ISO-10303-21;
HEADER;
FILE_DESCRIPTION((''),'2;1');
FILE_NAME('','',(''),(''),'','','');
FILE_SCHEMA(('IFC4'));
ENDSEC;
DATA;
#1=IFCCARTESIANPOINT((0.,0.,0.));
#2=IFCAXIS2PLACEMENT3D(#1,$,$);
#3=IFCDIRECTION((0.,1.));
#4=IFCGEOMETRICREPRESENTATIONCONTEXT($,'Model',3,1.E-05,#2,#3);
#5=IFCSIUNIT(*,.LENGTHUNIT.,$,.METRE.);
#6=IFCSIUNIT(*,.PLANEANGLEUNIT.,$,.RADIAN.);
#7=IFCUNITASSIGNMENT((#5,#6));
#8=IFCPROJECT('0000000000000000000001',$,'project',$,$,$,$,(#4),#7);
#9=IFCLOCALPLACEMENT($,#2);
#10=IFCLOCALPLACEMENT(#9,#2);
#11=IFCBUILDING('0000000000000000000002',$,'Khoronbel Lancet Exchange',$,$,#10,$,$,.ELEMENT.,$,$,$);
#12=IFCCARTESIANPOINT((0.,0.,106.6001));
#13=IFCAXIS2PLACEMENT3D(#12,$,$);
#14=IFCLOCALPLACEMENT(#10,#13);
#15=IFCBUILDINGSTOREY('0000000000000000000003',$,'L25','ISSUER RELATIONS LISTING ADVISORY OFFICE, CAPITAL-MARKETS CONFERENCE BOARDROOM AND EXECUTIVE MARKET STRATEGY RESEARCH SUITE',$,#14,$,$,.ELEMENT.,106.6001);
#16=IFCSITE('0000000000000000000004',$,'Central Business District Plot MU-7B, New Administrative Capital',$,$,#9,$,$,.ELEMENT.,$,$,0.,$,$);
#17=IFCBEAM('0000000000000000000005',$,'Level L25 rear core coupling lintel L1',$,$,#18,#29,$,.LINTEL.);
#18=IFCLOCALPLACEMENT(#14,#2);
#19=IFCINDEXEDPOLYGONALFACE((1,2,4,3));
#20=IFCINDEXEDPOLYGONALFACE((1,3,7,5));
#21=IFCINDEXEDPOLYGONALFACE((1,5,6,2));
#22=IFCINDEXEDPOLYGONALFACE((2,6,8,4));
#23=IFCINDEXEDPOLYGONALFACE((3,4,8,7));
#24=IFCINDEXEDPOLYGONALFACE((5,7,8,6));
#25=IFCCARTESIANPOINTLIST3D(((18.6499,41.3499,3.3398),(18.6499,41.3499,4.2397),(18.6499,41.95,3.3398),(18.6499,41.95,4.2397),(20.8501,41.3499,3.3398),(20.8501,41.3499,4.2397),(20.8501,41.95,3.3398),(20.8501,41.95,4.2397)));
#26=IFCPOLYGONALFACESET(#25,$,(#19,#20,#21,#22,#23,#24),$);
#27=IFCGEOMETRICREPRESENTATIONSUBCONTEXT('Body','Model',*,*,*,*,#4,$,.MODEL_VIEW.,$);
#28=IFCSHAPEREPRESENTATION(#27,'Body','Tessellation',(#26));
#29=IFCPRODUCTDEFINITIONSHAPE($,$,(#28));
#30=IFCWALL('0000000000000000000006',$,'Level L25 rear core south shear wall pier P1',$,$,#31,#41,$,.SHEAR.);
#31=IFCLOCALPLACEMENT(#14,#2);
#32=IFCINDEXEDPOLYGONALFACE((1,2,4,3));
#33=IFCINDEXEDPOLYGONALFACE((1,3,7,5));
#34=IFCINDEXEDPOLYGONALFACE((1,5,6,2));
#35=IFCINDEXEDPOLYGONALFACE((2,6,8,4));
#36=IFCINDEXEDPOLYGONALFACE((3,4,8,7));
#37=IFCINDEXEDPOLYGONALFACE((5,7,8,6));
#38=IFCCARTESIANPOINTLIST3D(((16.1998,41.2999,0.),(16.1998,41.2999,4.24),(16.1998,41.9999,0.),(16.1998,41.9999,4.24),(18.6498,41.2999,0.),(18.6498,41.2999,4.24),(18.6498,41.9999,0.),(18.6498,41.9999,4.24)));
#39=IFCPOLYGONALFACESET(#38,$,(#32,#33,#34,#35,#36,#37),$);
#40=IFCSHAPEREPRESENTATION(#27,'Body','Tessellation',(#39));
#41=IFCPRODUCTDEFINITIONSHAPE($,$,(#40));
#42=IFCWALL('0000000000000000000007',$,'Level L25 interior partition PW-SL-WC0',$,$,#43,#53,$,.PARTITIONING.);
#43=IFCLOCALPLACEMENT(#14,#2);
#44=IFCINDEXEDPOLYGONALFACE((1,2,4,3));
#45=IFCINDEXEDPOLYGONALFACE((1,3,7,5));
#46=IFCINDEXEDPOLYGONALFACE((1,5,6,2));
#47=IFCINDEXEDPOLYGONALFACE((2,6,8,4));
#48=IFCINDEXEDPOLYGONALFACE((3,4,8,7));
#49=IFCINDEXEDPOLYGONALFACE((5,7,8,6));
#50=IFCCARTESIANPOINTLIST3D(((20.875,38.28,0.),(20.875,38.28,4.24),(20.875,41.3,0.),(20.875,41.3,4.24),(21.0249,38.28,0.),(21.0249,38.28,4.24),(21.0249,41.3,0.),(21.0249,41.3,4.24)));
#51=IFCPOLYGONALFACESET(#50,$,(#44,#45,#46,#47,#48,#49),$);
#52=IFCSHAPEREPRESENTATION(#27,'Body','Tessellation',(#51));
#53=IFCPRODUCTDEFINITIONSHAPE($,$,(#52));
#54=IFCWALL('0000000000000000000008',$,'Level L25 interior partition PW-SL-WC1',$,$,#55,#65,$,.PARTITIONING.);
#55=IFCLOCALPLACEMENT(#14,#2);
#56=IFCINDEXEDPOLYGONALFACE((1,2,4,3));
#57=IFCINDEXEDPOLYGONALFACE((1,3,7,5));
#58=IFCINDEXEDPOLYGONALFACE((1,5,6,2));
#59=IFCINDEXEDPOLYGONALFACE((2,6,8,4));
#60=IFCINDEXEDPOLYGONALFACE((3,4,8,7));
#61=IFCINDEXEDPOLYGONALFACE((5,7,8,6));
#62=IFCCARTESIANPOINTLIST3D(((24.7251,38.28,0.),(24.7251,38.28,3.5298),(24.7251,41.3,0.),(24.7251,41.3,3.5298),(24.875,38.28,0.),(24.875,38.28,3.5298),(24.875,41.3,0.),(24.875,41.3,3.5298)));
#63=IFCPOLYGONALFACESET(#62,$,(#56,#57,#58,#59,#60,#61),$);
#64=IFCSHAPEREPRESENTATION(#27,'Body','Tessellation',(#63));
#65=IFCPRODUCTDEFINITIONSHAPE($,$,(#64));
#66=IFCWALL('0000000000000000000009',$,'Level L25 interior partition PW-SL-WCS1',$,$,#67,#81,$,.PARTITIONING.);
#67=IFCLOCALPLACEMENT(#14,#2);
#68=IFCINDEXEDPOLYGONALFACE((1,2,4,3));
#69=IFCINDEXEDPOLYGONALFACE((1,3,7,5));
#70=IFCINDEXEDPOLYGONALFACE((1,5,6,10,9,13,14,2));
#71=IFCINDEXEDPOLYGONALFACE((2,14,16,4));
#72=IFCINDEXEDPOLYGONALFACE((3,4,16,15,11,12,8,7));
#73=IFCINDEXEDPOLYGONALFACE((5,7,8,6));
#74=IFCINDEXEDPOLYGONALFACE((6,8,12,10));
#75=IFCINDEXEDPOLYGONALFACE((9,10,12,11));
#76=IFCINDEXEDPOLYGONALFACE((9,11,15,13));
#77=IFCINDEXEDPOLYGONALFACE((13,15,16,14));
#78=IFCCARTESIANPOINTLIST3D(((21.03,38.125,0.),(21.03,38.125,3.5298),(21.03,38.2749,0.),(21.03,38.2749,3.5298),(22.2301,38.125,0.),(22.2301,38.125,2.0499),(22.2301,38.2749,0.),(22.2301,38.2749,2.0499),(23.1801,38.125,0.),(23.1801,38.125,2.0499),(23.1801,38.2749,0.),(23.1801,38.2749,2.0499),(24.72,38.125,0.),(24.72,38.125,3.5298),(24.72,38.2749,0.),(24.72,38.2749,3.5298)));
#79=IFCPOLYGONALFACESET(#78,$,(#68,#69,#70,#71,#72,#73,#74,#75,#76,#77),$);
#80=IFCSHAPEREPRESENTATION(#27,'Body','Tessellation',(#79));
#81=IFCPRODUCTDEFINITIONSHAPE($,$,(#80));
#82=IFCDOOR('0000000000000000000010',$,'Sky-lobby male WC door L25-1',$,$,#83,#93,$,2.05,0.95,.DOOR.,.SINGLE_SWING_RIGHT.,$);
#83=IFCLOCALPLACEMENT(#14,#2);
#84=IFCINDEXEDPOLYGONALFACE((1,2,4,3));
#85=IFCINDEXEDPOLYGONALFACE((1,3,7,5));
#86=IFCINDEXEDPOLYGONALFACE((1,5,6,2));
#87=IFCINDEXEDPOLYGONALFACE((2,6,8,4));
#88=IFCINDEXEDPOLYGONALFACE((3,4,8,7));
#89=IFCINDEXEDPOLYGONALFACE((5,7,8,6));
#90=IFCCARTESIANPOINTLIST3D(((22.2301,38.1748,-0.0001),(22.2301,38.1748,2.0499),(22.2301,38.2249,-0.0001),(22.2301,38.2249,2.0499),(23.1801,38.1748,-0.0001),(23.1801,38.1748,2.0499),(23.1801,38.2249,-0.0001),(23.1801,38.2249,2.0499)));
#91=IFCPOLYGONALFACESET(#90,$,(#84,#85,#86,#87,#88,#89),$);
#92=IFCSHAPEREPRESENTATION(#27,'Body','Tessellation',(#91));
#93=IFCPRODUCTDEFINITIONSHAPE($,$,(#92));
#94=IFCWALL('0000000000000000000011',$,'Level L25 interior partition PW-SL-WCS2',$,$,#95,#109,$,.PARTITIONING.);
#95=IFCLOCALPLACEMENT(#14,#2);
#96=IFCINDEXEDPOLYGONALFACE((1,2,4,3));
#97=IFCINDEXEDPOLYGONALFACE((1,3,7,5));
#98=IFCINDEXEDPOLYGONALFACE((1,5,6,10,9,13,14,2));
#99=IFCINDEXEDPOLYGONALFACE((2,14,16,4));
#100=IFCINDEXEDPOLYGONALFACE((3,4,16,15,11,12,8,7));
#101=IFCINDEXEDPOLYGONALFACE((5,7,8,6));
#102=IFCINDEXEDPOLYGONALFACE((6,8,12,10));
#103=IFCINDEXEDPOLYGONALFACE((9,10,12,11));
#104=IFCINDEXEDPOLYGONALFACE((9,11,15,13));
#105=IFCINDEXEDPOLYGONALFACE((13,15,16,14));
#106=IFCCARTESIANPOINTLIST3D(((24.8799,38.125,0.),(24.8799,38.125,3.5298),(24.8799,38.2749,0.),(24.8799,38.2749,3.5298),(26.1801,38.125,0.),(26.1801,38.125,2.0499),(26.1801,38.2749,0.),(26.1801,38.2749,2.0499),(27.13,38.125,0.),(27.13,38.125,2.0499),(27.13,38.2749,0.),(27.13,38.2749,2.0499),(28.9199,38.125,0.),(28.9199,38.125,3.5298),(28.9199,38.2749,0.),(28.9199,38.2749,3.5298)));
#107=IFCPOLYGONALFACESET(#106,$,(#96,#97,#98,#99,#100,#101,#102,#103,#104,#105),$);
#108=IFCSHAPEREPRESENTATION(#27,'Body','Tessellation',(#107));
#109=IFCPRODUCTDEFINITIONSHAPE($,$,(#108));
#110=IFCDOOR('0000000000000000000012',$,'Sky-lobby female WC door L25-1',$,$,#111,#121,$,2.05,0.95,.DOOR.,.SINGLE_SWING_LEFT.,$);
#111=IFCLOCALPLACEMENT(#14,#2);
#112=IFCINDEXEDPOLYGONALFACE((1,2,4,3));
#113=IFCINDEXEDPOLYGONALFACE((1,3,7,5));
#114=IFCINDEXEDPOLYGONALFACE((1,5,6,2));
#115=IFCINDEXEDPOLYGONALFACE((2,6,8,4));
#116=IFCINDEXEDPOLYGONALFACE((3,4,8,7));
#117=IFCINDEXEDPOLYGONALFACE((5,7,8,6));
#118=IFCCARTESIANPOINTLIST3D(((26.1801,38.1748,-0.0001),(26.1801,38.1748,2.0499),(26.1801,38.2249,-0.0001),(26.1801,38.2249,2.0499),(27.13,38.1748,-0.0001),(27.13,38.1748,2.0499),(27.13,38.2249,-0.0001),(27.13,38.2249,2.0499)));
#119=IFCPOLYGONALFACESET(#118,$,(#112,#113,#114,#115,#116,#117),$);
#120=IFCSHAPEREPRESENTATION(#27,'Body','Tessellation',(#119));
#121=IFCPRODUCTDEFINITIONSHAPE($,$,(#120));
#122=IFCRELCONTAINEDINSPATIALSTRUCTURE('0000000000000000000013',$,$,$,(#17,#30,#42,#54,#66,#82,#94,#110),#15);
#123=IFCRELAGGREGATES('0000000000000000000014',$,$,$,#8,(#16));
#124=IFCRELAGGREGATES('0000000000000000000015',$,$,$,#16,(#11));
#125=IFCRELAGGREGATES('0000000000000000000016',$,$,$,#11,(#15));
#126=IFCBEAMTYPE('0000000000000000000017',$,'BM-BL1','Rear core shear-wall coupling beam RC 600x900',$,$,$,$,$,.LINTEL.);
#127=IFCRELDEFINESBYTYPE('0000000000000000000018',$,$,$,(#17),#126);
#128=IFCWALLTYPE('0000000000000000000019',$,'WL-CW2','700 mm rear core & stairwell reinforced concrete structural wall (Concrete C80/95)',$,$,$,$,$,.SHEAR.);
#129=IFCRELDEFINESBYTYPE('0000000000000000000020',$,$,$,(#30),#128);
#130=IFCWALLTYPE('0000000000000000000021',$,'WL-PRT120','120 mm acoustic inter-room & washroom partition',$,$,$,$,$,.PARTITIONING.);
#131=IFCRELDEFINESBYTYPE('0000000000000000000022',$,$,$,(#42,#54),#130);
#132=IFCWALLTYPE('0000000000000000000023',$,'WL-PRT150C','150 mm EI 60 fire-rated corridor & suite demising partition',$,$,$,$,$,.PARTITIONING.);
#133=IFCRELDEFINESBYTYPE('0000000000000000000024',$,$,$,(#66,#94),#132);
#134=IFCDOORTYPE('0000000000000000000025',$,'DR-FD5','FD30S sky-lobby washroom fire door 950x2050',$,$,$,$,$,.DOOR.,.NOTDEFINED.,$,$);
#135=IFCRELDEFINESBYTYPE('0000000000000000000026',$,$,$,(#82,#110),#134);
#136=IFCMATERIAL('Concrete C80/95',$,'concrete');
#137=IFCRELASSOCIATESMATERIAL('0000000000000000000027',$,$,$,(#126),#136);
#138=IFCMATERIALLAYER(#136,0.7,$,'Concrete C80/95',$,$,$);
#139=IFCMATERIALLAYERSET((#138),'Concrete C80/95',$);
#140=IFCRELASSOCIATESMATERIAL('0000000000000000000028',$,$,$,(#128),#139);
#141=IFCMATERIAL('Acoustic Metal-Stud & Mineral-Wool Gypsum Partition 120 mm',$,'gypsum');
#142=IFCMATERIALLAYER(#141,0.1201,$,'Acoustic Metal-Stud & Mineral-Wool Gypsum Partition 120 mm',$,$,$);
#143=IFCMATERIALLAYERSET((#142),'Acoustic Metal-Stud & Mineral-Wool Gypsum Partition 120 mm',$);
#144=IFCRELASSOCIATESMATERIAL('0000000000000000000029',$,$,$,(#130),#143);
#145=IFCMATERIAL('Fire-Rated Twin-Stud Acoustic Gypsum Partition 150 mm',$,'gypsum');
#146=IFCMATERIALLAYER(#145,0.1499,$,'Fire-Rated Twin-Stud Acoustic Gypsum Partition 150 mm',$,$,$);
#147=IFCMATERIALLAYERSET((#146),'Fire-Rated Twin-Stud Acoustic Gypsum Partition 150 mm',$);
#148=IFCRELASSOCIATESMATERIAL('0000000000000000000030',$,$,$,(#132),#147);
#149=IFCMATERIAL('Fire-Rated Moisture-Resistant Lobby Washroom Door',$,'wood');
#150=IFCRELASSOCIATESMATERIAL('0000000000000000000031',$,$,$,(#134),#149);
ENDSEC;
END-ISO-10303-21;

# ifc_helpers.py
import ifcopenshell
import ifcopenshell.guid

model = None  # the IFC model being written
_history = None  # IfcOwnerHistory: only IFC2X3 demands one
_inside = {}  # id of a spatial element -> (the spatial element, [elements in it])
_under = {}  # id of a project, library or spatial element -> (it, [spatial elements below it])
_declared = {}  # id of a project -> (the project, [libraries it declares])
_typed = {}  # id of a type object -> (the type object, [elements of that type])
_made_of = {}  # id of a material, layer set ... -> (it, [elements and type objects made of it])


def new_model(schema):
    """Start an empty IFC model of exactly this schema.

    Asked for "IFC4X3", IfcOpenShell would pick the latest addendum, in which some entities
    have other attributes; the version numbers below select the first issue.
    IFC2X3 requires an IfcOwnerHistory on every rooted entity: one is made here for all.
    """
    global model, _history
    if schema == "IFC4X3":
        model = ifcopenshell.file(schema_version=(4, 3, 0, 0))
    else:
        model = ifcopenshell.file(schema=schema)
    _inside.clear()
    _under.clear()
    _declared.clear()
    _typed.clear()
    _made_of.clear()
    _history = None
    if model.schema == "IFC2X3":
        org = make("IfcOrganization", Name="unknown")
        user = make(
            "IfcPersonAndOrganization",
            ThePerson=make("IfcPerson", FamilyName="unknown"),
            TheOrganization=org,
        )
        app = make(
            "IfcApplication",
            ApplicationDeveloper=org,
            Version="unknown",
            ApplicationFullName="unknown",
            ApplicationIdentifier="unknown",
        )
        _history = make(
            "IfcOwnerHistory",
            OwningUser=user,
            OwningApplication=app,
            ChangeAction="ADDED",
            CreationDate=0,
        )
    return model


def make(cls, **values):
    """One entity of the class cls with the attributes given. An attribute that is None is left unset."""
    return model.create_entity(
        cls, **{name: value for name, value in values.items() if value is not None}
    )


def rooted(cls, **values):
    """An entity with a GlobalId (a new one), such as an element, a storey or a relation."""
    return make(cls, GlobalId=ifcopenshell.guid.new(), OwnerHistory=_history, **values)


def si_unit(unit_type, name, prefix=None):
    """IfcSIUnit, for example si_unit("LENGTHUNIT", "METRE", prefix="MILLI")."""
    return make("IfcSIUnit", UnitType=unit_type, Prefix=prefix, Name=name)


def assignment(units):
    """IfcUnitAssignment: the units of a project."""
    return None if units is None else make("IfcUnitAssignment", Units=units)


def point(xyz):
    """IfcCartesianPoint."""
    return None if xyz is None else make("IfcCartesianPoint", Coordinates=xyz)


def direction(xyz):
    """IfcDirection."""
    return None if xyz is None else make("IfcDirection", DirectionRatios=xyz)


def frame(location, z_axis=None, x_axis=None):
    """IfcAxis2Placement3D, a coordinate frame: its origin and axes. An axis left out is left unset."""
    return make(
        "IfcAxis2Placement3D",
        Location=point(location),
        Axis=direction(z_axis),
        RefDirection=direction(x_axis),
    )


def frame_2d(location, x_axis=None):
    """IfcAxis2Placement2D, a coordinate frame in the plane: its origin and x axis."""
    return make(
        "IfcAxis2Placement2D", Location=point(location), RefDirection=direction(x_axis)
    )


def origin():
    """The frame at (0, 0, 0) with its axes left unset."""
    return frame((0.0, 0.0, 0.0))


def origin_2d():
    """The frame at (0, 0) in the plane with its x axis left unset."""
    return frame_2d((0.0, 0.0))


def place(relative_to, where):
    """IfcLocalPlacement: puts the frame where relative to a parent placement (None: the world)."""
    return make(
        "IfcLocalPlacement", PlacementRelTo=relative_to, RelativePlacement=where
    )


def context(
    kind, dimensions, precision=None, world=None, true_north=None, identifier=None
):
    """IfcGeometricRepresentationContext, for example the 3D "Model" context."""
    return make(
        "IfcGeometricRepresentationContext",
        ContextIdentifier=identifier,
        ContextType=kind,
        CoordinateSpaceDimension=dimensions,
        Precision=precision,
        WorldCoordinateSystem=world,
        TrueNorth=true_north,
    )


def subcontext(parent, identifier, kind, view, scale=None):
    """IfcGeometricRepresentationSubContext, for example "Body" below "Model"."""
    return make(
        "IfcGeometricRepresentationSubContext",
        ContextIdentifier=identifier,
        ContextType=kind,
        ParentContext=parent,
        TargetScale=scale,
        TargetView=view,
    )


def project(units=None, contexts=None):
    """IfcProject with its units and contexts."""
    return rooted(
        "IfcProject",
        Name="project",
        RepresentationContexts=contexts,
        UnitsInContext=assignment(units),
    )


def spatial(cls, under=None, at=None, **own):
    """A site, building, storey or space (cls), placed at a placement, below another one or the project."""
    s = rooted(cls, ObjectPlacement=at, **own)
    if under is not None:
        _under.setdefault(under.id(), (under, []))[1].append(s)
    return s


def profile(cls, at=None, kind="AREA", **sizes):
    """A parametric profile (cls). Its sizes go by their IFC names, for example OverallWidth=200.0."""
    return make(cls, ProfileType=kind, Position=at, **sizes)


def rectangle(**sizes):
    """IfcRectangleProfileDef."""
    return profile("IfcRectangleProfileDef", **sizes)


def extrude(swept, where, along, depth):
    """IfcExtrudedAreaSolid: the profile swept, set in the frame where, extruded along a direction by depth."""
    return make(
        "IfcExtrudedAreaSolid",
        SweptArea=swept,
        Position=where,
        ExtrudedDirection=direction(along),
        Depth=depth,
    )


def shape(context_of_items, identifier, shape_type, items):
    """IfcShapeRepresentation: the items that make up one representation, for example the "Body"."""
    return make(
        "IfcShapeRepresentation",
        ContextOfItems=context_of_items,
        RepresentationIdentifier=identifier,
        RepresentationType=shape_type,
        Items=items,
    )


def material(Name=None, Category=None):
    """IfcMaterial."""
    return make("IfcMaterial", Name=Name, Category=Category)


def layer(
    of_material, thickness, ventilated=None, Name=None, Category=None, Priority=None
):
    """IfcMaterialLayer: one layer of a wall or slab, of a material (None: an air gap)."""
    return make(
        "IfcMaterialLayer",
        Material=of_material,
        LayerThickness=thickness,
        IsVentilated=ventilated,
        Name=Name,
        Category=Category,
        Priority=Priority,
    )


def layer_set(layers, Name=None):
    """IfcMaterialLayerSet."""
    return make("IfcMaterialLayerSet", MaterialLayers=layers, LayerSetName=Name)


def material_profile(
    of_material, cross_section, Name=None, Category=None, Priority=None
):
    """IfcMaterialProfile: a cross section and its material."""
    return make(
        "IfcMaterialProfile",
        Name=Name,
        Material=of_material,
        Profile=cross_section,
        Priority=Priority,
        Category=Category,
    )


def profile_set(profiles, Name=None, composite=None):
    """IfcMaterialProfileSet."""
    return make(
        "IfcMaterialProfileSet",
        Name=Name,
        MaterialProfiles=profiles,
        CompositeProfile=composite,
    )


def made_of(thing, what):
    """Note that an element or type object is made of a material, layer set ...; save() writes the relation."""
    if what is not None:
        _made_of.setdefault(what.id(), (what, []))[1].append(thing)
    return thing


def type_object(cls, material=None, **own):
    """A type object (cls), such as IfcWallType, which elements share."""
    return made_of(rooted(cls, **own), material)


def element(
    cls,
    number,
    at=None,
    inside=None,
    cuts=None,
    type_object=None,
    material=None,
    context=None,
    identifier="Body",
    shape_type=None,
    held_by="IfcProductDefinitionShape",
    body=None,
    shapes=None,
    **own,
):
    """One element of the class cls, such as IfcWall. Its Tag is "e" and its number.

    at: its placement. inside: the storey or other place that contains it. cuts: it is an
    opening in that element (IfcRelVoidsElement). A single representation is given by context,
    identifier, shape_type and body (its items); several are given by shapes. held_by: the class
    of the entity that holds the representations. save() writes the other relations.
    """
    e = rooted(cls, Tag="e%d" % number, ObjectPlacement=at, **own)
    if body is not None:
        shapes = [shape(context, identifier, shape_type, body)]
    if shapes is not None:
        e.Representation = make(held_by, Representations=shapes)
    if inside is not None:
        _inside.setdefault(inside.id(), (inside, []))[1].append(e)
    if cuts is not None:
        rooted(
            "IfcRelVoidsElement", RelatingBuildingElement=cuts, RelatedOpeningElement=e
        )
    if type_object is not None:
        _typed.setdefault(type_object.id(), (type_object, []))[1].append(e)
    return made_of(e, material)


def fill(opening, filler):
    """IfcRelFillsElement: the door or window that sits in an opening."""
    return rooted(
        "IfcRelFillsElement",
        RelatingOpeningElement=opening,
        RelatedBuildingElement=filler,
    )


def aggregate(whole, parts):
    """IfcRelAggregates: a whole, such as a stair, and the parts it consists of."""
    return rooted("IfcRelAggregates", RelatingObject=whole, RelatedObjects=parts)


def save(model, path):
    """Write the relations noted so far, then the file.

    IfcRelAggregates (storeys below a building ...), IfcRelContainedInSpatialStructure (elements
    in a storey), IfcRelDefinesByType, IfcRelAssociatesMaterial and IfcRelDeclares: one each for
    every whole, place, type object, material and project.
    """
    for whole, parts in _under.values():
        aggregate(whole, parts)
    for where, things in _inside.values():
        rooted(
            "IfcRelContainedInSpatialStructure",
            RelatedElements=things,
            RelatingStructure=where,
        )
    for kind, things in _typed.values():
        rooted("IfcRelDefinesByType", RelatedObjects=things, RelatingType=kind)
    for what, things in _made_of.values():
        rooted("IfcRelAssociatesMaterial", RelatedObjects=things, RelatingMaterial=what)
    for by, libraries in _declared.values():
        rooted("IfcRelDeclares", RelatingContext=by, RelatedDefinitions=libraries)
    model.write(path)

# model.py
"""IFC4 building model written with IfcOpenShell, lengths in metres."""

from ifc_helpers import new_model, si_unit, direction, frame, frame_2d, origin, origin_2d, place, context, subcontext, project, spatial, rectangle, extrude, material, layer, layer_set, material_profile, profile_set, type_object, element, fill, save


model = new_model("IFC4")

# Units and contexts
model_context = context("Model", 3, precision=1e-05, world=origin(), true_north=direction((0.0, 1.0)))
body_context = subcontext(model_context, "Body", "Model", "MODEL_VIEW")
ifc_project = project(units=[si_unit("LENGTHUNIT", "METRE"), si_unit("PLANEANGLEUNIT", "RADIAN")], contexts=[model_context])

# Site, building, storey
site_placement = place(None, origin())
site = spatial("IfcSite", under=ifc_project, at=site_placement, Name="Central Business District Plot MU-7B, New Administrative Capital", CompositionType="ELEMENT", RefElevation=0.0)
building_placement = place(site_placement, origin())
building = spatial("IfcBuilding", under=site, at=building_placement, Name="Khoronbel Lancet Exchange", CompositionType="ELEMENT")
storey_placement = place(building_placement, frame((0.0, 0.0, 106.6001)))
storey = spatial("IfcBuildingStorey", under=building, at=storey_placement, Name="L25", Description="ISSUER RELATIONS LISTING ADVISORY OFFICE, CAPITAL-MARKETS CONFERENCE BOARDROOM AND EXECUTIVE MARKET STRATEGY RESEARCH SUITE", CompositionType="ELEMENT", Elevation=106.6001)

# Beam
ifc_material_1 = material(Name="Concrete C80/95", Category="concrete")
ifc_material_profile = material_profile(ifc_material_1, rectangle(XDim=0.6001, YDim=0.8999, at=origin_2d()), Name="RC 600x900")
ifc_profile_set = profile_set([ifc_material_profile], Name="Concrete C80/95")
beam_type = type_object("IfcBeamType", Name="BM-BL1", Description="Rear core shear-wall coupling beam RC 600x900", PredefinedType="LINTEL", material=ifc_profile_set)
beam_placement = place(storey_placement, frame((18.6499, 41.6499, 3.7898), z_axis=(1.0, 0.0, 0.0), x_axis=(0.0, 1.0, 0.0)))
element("IfcBeam", 1, at=beam_placement, inside=storey, type_object=beam_type, Name="Level L25 rear core coupling lintel L1", PredefinedType="LINTEL", context=body_context, shape_type="SweptSolid", body=[
    extrude(rectangle(XDim=0.6001, YDim=0.8999, at=origin_2d()), origin(), (0.0, 0.0, 1.0), 2.2002),
])

# Walls
ifc_layer_1 = layer(ifc_material_1, 0.7, Name="Concrete C80/95")
ifc_layer_set_1 = layer_set([ifc_layer_1], Name="Concrete C80/95")
wall_type_1 = type_object("IfcWallType", Name="WL-CW2", Description="700 mm rear core & stairwell reinforced concrete structural wall (Concrete C80/95)", PredefinedType="SHEAR", material=ifc_layer_set_1)
wall_1_placement = place(storey_placement, frame((18.6499, 41.6499, 0.0), z_axis=(0.0, 0.0, 1.0), x_axis=(-1.0, 0.0, 0.0)))
element("IfcWall", 2, at=wall_1_placement, inside=storey, type_object=wall_type_1, Name="Level L25 rear core south shear wall pier P1", PredefinedType="SHEAR", context=body_context, shape_type="SweptSolid", body=[
    extrude(rectangle(XDim=2.45, YDim=0.7, at=frame_2d((1.2251, 0.0))), origin(), (0.0, 0.0, 1.0), 4.24),
])
ifc_material_2 = material(Name="Acoustic Metal-Stud & Mineral-Wool Gypsum Partition 120 mm", Category="gypsum")
ifc_layer_2 = layer(ifc_material_2, 0.1201, Name="Acoustic Metal-Stud & Mineral-Wool Gypsum Partition 120 mm")
ifc_layer_set_2 = layer_set([ifc_layer_2], Name="Acoustic Metal-Stud & Mineral-Wool Gypsum Partition 120 mm")
wall_type_2 = type_object("IfcWallType", Name="WL-PRT120", Description="120 mm acoustic inter-room & washroom partition", PredefinedType="PARTITIONING", material=ifc_layer_set_2)
wall_2_placement = place(storey_placement, frame((20.95, 38.28, 0.0), z_axis=(0.0, 0.0, 1.0), x_axis=(0.0, 1.0, 0.0)))
element("IfcWall", 3, at=wall_2_placement, inside=storey, type_object=wall_type_2, Name="Level L25 interior partition PW-SL-WC0", PredefinedType="PARTITIONING", context=body_context, shape_type="SweptSolid", body=[
    extrude(rectangle(XDim=3.02, YDim=0.1499, at=frame_2d((1.51, 0.0))), origin(), (0.0, 0.0, 1.0), 4.24),
])
wall_3_placement = place(storey_placement, frame((24.8, 38.28, 0.0), z_axis=(0.0, 0.0, 1.0), x_axis=(0.0, 1.0, 0.0)))
element("IfcWall", 4, at=wall_3_placement, inside=storey, type_object=wall_type_2, Name="Level L25 interior partition PW-SL-WC1", PredefinedType="PARTITIONING", context=body_context, shape_type="SweptSolid", body=[
    extrude(rectangle(XDim=3.02, YDim=0.1499, at=frame_2d((1.51, 0.0))), origin(), (0.0, 0.0, 1.0), 3.5298),
])

# Walls, openings, doors
ifc_material_3 = material(Name="Fire-Rated Twin-Stud Acoustic Gypsum Partition 150 mm", Category="gypsum")
ifc_layer_3 = layer(ifc_material_3, 0.1499, Name="Fire-Rated Twin-Stud Acoustic Gypsum Partition 150 mm")
ifc_layer_set_3 = layer_set([ifc_layer_3], Name="Fire-Rated Twin-Stud Acoustic Gypsum Partition 150 mm")
wall_type_3 = type_object("IfcWallType", Name="WL-PRT150C", Description="150 mm EI 60 fire-rated corridor & suite demising partition", PredefinedType="PARTITIONING", material=ifc_layer_set_3)
wall_4_placement = place(storey_placement, frame((21.03, 38.2, 0.0), z_axis=(0.0, 0.0, 1.0), x_axis=(1.0, 0.0, 0.0)))
wall_4 = element("IfcWall", 5, at=wall_4_placement, inside=storey, type_object=wall_type_3, Name="Level L25 interior partition PW-SL-WCS1", PredefinedType="PARTITIONING", context=body_context, shape_type="SweptSolid", body=[
    extrude(rectangle(XDim=3.6899, YDim=0.1499, at=frame_2d((1.845, 0.0))), origin(), (0.0, 0.0, 1.0), 3.5298),
])
opening_1_placement = place(wall_4_placement, frame((1.2, 0.0, 0.0)))
opening_1 = element("IfcOpeningElement", 6, at=opening_1_placement, cuts=wall_4, PredefinedType="OPENING", context=body_context, shape_type="SweptSolid", body=[
    extrude(rectangle(XDim=0.95, YDim=2.05, at=frame_2d((0.4751, 1.0249))), frame((0.0, 0.085, 0.0), z_axis=(0.0, -1.0, 0.0), x_axis=(1.0, 0.0, 0.0)), (0.0, 0.0, 1.0), 0.1699),
])
ifc_material_4 = material(Name="Fire-Rated Moisture-Resistant Lobby Washroom Door", Category="wood")
door_type_1 = type_object("IfcDoorType", Name="DR-FD5", Description="FD30S sky-lobby washroom fire door 950x2050", OperationType="NOTDEFINED", PredefinedType="DOOR", material=ifc_material_4)
door_1_placement = place(opening_1_placement, origin())
door_1 = element("IfcDoor", 7, at=door_1_placement, inside=storey, type_object=door_type_1, Name="Sky-lobby male WC door L25-1", OperationType="SINGLE_SWING_RIGHT", OverallHeight=2.05, OverallWidth=0.95, PredefinedType="DOOR", context=body_context, shape_type="SweptSolid", body=[
    extrude(rectangle(XDim=0.95, YDim=2.05, at=frame_2d((0.4751, 1.0249))), frame((0.0, 0.0249, 0.0), z_axis=(0.0, -1.0, 0.0), x_axis=(1.0, 0.0, 0.0)), (0.0, 0.0, 1.0), 0.05),
])
fill(opening_1, door_1)
wall_5_placement = place(storey_placement, frame((24.8799, 38.2, 0.0), z_axis=(0.0, 0.0, 1.0), x_axis=(1.0, 0.0, 0.0)))
wall_5 = element("IfcWall", 8, at=wall_5_placement, inside=storey, type_object=wall_type_3, Name="Level L25 interior partition PW-SL-WCS2", PredefinedType="PARTITIONING", context=body_context, shape_type="SweptSolid", body=[
    extrude(rectangle(XDim=4.04, YDim=0.1499, at=frame_2d((2.02, 0.0))), origin(), (0.0, 0.0, 1.0), 3.5298),
])
opening_2_placement = place(wall_5_placement, frame((1.3, 0.0, 0.0)))
opening_2 = element("IfcOpeningElement", 9, at=opening_2_placement, cuts=wall_5, PredefinedType="OPENING", context=body_context, shape_type="SweptSolid", body=[
    extrude(rectangle(XDim=0.95, YDim=2.05, at=frame_2d((0.4751, 1.0249))), frame((0.0, 0.085, 0.0), z_axis=(0.0, -1.0, 0.0), x_axis=(1.0, 0.0, 0.0)), (0.0, 0.0, 1.0), 0.1699),
])
door_2_placement = place(opening_2_placement, origin())
door_2 = element("IfcDoor", 10, at=door_2_placement, inside=storey, type_object=door_type_1, Name="Sky-lobby female WC door L25-1", OperationType="SINGLE_SWING_LEFT", OverallHeight=2.05, OverallWidth=0.95, PredefinedType="DOOR", context=body_context, shape_type="SweptSolid", body=[
    extrude(rectangle(XDim=0.95, YDim=2.05, at=frame_2d((0.4751, 1.0249))), frame((0.0, 0.0249, 0.0), z_axis=(0.0, -1.0, 0.0), x_axis=(1.0, 0.0, 0.0)), (0.0, 0.0, 1.0), 0.05),
])
fill(opening_2, door_2)

save(model, "model.ifc")
